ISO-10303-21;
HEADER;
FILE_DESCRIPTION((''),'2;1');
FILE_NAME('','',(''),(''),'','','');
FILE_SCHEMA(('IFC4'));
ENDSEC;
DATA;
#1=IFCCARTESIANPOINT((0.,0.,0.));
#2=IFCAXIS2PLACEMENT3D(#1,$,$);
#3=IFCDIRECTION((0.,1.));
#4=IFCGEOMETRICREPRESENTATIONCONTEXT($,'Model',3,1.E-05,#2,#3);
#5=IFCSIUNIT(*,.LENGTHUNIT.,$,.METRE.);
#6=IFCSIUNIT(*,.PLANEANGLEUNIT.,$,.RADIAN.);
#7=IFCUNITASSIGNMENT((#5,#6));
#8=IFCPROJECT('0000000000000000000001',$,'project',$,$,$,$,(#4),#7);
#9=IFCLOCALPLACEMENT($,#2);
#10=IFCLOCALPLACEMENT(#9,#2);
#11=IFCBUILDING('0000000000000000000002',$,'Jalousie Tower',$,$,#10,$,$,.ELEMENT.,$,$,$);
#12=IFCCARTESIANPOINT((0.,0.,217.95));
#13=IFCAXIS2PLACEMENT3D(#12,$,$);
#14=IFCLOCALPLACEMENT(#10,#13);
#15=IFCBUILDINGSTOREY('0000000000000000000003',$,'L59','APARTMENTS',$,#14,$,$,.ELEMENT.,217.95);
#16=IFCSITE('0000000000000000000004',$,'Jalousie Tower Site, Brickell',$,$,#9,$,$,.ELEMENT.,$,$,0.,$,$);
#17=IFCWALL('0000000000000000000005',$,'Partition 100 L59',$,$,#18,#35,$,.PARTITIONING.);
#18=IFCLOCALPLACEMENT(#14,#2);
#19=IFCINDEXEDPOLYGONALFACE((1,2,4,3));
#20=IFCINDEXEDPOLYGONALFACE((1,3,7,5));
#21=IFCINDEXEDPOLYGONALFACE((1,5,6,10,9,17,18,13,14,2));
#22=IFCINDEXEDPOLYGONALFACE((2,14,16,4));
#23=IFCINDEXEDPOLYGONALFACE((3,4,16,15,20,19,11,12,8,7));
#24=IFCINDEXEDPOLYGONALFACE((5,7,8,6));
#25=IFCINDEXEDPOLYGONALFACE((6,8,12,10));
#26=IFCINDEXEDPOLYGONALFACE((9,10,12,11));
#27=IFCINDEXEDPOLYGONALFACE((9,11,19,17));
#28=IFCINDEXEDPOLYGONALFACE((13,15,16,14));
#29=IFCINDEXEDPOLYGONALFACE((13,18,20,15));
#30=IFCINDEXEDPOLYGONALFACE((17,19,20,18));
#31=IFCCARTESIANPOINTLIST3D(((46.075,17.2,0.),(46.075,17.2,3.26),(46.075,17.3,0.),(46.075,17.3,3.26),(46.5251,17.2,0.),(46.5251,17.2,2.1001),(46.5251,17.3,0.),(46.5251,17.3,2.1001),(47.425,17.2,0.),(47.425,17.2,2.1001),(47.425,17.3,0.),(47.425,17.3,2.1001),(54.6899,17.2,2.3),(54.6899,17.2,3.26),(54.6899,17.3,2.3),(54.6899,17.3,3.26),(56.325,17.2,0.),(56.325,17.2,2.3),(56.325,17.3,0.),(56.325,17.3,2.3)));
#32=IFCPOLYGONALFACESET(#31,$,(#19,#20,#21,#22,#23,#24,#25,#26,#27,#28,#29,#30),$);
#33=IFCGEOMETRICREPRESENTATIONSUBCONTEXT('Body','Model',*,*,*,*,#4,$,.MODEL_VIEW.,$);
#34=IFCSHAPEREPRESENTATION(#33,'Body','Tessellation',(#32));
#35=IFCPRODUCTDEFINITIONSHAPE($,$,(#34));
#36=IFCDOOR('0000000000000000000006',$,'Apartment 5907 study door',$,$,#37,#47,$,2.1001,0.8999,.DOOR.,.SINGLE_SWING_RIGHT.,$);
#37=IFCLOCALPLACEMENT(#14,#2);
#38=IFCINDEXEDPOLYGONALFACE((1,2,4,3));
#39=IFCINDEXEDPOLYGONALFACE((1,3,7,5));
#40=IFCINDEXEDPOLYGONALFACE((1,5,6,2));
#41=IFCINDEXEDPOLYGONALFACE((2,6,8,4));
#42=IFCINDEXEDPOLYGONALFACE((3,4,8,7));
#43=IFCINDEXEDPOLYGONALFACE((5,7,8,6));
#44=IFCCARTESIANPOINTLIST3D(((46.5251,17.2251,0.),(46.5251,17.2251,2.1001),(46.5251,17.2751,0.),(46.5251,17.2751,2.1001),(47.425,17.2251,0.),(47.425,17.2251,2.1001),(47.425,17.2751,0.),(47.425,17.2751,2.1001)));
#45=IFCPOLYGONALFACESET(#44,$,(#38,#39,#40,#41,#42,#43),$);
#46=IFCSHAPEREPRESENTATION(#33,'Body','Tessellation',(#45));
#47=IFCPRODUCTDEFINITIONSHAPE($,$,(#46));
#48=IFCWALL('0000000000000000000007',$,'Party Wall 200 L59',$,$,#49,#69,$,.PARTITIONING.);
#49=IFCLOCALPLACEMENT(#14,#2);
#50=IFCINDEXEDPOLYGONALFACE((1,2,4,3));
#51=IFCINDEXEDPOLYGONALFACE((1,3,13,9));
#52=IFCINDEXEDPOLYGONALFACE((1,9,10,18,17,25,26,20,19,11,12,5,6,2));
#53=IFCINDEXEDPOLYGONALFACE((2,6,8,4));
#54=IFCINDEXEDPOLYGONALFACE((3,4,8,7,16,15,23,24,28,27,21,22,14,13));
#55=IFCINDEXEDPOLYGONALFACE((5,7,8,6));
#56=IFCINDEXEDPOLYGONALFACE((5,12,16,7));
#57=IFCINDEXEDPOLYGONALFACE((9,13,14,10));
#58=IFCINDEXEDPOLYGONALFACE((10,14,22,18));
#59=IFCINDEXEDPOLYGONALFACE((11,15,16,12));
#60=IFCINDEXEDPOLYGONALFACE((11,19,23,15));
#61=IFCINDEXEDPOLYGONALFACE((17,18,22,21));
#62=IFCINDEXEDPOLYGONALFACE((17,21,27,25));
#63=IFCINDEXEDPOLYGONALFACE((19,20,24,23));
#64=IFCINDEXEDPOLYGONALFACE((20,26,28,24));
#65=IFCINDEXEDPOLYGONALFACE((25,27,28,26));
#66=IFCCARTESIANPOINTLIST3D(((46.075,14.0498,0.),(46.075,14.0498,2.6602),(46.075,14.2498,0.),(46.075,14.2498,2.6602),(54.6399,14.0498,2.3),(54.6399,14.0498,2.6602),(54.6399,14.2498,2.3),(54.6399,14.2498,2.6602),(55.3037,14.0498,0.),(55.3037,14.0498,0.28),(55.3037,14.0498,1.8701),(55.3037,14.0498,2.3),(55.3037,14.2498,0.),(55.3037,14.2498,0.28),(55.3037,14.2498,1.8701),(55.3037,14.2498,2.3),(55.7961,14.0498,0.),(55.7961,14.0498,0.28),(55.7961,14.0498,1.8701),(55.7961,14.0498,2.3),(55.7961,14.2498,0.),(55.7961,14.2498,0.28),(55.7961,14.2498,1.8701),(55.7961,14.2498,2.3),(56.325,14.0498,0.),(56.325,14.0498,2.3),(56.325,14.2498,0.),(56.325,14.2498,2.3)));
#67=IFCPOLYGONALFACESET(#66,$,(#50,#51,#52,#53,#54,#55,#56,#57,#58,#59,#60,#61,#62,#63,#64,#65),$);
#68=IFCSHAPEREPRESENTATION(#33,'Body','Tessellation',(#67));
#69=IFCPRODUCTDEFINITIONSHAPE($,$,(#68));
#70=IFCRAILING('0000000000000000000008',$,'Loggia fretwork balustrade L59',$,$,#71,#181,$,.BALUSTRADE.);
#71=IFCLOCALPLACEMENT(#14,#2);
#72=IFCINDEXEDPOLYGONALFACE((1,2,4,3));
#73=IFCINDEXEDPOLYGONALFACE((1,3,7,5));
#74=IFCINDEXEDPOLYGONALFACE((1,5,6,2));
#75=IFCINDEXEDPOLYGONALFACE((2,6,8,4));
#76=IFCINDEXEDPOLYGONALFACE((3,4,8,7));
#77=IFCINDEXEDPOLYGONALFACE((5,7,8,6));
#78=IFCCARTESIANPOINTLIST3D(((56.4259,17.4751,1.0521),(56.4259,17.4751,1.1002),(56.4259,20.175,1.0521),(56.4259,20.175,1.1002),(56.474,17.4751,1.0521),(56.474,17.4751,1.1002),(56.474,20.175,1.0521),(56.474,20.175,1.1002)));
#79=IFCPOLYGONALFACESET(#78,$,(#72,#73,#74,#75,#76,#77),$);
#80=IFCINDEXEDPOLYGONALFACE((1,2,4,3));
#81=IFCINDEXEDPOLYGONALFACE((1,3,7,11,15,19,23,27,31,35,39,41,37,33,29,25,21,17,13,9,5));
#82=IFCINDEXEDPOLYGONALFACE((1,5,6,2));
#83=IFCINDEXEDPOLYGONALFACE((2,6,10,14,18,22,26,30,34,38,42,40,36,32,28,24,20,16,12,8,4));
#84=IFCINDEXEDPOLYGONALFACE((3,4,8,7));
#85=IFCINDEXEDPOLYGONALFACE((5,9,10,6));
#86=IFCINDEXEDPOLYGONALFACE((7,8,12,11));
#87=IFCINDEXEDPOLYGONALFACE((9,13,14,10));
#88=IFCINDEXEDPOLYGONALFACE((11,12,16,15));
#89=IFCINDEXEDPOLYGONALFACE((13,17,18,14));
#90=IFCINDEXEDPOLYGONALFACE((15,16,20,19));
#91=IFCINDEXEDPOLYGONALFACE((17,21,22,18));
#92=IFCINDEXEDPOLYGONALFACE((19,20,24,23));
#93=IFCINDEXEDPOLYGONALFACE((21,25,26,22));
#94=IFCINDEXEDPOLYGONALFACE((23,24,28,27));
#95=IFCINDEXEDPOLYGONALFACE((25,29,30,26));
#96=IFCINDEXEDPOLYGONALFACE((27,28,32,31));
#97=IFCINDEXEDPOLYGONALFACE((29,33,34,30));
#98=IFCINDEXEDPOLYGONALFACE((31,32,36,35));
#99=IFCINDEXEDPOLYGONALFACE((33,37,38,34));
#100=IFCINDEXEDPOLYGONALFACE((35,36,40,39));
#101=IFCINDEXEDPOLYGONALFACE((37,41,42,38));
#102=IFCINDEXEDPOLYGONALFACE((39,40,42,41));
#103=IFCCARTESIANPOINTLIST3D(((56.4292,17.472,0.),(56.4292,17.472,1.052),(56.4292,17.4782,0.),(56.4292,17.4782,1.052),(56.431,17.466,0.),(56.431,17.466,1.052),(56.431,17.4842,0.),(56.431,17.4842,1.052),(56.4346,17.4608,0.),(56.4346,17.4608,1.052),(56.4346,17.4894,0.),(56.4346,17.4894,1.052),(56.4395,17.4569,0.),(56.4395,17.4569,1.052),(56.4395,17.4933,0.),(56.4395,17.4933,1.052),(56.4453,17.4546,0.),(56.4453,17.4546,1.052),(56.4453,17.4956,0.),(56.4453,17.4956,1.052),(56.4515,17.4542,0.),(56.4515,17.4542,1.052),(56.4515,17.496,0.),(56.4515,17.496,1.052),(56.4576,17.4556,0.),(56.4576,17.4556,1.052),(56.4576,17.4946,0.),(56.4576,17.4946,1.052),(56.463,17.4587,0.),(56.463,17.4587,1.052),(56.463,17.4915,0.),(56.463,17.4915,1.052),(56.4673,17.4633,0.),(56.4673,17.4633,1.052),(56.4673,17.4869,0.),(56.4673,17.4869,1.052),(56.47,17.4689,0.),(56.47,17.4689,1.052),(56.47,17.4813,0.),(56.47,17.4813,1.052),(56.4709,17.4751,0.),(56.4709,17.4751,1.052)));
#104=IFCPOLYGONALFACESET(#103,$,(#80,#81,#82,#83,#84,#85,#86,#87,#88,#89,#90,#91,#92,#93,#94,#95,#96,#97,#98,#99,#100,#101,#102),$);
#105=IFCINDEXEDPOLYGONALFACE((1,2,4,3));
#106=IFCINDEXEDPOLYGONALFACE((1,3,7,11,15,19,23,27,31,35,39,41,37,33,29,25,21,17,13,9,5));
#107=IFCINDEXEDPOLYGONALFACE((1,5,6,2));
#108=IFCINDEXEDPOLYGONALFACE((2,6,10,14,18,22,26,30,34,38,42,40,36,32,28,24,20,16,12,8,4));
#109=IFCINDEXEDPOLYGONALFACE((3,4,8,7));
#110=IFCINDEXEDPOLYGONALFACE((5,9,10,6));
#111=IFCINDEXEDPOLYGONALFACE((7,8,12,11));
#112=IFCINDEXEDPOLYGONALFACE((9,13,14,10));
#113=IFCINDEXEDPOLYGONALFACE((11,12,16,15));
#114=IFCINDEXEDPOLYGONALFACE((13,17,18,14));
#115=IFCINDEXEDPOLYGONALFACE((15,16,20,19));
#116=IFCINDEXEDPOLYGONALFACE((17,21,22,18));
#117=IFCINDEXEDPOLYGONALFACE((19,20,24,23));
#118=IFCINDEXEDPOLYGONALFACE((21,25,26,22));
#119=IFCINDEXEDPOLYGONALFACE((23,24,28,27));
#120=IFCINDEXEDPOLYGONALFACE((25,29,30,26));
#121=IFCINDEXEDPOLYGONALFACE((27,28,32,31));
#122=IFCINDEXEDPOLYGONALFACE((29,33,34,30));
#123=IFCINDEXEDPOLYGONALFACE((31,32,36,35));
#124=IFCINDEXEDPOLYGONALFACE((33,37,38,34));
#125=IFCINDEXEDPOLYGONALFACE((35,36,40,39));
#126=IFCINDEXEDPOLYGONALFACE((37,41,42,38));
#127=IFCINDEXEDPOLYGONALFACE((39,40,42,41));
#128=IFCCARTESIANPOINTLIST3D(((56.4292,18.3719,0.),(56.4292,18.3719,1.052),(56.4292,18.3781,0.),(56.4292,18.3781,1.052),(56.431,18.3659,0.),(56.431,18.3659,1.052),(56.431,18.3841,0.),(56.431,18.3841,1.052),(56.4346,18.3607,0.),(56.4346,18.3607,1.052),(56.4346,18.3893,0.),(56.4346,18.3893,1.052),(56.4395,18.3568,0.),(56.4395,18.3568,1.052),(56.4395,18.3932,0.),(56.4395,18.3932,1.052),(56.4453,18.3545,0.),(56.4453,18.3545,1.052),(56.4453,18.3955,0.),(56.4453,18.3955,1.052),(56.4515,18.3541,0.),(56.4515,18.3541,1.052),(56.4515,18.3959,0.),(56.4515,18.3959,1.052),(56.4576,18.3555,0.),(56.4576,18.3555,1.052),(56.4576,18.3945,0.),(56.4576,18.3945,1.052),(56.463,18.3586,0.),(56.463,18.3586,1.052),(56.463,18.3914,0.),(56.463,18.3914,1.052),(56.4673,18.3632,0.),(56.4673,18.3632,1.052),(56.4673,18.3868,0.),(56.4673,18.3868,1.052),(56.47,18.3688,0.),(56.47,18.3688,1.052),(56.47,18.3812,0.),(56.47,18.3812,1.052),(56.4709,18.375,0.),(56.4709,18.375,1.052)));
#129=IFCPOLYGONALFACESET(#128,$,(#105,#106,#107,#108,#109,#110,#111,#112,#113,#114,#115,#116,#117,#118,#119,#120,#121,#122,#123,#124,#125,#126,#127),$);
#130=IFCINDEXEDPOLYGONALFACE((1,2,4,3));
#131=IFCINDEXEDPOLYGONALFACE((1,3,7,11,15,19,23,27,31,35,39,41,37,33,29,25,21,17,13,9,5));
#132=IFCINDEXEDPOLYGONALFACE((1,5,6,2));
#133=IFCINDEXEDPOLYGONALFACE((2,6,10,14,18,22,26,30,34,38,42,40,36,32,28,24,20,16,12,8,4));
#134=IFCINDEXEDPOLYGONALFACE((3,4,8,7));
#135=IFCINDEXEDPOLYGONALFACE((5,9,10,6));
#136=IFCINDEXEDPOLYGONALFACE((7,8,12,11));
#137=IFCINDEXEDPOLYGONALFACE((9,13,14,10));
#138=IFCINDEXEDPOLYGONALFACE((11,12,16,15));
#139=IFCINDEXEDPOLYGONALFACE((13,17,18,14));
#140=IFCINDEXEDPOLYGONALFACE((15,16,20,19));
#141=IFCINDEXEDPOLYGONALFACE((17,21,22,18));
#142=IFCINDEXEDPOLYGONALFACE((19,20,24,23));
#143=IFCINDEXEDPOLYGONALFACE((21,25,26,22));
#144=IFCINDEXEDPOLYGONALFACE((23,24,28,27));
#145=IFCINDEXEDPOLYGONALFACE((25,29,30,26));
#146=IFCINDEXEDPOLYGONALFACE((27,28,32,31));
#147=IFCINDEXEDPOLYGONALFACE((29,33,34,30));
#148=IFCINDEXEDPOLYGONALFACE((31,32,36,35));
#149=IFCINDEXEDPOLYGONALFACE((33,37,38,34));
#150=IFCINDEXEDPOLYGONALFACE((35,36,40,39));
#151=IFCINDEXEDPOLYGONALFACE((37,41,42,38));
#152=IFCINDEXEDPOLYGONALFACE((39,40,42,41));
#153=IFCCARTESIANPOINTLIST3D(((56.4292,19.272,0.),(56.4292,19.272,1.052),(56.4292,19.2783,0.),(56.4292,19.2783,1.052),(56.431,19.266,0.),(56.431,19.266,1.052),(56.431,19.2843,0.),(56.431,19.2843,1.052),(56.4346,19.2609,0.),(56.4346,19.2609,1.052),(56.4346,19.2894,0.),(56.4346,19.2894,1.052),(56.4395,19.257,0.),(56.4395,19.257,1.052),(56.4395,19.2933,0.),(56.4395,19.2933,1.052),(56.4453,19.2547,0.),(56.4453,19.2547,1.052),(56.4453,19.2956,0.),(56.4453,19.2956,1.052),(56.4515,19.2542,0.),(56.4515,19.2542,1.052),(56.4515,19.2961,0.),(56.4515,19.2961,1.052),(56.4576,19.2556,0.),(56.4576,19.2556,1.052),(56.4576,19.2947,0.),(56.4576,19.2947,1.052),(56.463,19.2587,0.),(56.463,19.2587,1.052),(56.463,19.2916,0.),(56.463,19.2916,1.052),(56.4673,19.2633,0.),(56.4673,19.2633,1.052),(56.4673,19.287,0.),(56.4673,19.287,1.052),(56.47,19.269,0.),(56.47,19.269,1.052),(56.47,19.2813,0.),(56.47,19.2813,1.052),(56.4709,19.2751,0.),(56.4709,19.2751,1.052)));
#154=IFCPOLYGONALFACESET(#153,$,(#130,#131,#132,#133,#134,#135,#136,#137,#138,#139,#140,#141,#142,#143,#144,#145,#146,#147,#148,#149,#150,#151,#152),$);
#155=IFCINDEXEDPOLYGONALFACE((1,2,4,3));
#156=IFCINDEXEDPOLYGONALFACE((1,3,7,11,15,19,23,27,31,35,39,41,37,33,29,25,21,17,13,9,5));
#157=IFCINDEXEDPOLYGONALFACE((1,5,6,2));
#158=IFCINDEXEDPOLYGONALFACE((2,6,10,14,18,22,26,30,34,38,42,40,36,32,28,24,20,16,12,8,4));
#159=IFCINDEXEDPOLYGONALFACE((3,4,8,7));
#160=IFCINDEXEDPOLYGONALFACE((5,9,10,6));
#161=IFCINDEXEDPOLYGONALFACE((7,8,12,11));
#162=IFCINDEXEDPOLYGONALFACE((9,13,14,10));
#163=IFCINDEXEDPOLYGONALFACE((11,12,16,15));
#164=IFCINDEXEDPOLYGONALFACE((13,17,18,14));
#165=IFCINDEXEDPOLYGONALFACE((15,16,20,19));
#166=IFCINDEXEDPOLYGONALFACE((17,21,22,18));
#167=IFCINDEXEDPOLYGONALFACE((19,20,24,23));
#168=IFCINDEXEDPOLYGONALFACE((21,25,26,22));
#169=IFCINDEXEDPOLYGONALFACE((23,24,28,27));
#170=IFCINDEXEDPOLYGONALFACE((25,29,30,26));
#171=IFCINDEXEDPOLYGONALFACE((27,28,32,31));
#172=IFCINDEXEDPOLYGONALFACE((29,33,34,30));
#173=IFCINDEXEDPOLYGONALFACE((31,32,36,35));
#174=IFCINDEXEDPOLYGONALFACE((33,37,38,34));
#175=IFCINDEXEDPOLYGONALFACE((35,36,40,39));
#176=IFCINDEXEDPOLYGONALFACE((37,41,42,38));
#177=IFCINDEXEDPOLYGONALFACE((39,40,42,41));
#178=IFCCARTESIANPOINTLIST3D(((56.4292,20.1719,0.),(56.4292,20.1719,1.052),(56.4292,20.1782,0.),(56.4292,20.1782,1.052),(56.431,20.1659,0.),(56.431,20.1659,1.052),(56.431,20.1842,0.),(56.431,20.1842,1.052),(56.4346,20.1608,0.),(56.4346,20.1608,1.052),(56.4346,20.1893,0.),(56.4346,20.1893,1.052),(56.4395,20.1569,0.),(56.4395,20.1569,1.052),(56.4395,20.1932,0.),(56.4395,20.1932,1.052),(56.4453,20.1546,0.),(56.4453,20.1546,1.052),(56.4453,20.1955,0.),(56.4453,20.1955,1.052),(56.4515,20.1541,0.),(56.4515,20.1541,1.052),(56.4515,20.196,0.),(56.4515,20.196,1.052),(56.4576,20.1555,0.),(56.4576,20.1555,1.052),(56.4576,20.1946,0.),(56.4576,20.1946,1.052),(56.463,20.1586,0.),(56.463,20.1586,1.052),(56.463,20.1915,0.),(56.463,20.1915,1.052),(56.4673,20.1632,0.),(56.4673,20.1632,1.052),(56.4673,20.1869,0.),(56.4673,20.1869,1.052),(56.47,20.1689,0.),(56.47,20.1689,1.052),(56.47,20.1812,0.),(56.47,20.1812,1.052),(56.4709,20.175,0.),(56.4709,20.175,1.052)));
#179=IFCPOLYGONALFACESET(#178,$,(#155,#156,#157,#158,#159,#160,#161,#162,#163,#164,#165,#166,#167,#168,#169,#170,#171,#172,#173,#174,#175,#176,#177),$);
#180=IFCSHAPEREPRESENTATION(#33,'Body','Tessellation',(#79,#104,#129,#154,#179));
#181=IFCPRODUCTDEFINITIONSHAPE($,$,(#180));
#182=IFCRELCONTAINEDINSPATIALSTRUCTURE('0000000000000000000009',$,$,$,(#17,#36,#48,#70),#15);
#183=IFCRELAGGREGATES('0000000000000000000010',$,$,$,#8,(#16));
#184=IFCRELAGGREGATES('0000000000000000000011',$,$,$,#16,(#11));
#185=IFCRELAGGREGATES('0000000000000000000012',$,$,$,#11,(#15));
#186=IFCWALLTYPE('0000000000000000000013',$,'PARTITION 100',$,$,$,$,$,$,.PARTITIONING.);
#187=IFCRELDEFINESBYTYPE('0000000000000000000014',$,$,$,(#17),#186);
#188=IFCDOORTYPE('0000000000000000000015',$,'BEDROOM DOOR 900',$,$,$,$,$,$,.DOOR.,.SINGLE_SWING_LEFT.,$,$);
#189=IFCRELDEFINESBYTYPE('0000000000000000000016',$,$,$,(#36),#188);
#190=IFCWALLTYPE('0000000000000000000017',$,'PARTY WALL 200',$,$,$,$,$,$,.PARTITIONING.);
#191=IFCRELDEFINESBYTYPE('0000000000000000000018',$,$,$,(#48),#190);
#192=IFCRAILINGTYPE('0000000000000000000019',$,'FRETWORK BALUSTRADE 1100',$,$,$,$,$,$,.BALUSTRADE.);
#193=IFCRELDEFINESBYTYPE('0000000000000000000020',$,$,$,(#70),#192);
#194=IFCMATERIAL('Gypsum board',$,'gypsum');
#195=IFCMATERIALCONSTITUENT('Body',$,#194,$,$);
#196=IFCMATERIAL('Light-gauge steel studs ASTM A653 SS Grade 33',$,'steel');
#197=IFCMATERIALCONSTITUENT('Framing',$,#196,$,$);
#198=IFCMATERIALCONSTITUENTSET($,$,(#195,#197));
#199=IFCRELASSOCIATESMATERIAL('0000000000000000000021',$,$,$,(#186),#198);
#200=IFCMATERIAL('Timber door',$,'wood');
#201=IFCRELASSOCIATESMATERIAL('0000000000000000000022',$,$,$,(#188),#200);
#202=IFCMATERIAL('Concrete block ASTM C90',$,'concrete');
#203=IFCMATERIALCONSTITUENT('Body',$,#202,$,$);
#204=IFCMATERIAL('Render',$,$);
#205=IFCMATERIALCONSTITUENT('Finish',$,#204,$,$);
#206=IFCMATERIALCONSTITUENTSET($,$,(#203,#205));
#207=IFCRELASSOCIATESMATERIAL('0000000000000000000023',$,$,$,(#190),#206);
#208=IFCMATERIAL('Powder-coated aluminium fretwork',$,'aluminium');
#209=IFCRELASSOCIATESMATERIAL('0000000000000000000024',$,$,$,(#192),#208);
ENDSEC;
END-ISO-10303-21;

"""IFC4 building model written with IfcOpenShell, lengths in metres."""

from ifc_helpers import new_model, si_unit, direction, frame, frame_2d, origin, origin_2d, place, context, subcontext, project, spatial, polyline, rectangle, circle, outline, extrude, material, constituent, constituent_set, type_object, element, fill, save


model = new_model("IFC4")

# Units and contexts
model_context = context("Model", 3, precision=1e-05, world=origin(), true_north=direction((0.0, 1.0)))
body_context = subcontext(model_context, "Body", "Model", "MODEL_VIEW")
ifc_project = project(units=[si_unit("LENGTHUNIT", "METRE"), si_unit("PLANEANGLEUNIT", "RADIAN")], contexts=[model_context])

# Site, building, storey
site_placement = place(None, origin())
site = spatial("IfcSite", under=ifc_project, at=site_placement, Name="Jalousie Tower Site, Brickell", CompositionType="ELEMENT", RefElevation=0.0)
building_placement = place(site_placement, origin())
building = spatial("IfcBuilding", under=site, at=building_placement, Name="Jalousie Tower", CompositionType="ELEMENT")
storey_placement = place(building_placement, frame((0.0, 0.0, 217.95)))
storey = spatial("IfcBuildingStorey", under=building, at=storey_placement, Name="L59", Description="APARTMENTS", CompositionType="ELEMENT", Elevation=217.95)

# Shared definitions
ifc_material_1 = material(Name="Gypsum board", Category="gypsum")
ifc_constituent_1 = constituent(ifc_material_1, Name="Body")
ifc_material_2 = material(Name="Light-gauge steel studs ASTM A653 SS Grade 33", Category="steel")
ifc_constituent_2 = constituent(ifc_material_2, Name="Framing")
ifc_constituent_set_1 = constituent_set(constituents=[ifc_constituent_1, ifc_constituent_2])
wall_type_1 = type_object("IfcWallType", Name="PARTITION 100", PredefinedType="PARTITIONING", material=ifc_constituent_set_1)

# Wall, opening, door
wall_1_placement = place(storey_placement, frame((56.325, 17.25, 0.0), z_axis=(0.0, 0.0, 1.0), x_axis=(-1.0, 0.0, 0.0)))
wall_1 = element("IfcWall", 1, at=wall_1_placement, inside=storey, type_object=wall_type_1, Name="Partition 100 L59", PredefinedType="PARTITIONING", context=body_context, shape_type="SweptSolid", body=[
    extrude(outline(polyline([(0.0, 0.0), (10.25, 0.0), (10.25, 3.26), (1.635, 3.26), (1.635, 2.3), (0.0, 2.3), (0.0, 3.26), (0.0, 0.0)])), frame((0.0, 0.05, 0.0), z_axis=(0.0, -1.0, 0.0), x_axis=(1.0, 0.0, 0.0)), (0.0, 0.0, 1.0), 0.1001),
])
opening_1_placement = place(wall_1_placement, frame((8.8999, 0.0, 0.0)))
opening_1 = element("IfcOpeningElement", 2, at=opening_1_placement, cuts=wall_1, PredefinedType="OPENING", context=body_context, shape_type="SweptSolid", body=[
    extrude(rectangle(XDim=0.8999, YDim=2.1001, at=frame_2d((0.45, 1.05))), frame((0.0, 0.0601, 0.0), z_axis=(0.0, -1.0, 0.0), x_axis=(1.0, 0.0, 0.0)), (0.0, 0.0, 1.0), 0.1201),
])
ifc_material_3 = material(Name="Timber door", Category="wood")
door_type_1 = type_object("IfcDoorType", Name="BEDROOM DOOR 900", OperationType="SINGLE_SWING_LEFT", PredefinedType="DOOR", material=ifc_material_3)
door_1_placement = place(opening_1_placement, origin())
door_1 = element("IfcDoor", 3, at=door_1_placement, inside=storey, type_object=door_type_1, Name="Apartment 5907 study door", OperationType="SINGLE_SWING_RIGHT", OverallHeight=2.1001, OverallWidth=0.8999, PredefinedType="DOOR", context=body_context, shape_type="SweptSolid", body=[
    extrude(rectangle(XDim=0.8999, YDim=2.1001, at=frame_2d((0.45, 1.05))), frame((0.0, 0.0249, 0.0), z_axis=(0.0, -1.0, 0.0), x_axis=(1.0, 0.0, 0.0)), (0.0, 0.0, 1.0), 0.05),
])
fill(opening_1, door_1)

# Wall
ifc_material_4 = material(Name="Concrete block ASTM C90", Category="concrete")
ifc_constituent_3 = constituent(ifc_material_4, Name="Body")
ifc_material_5 = material(Name="Render")
ifc_constituent_4 = constituent(ifc_material_5, Name="Finish")
ifc_constituent_set_2 = constituent_set(constituents=[ifc_constituent_3, ifc_constituent_4])
wall_type_2 = type_object("IfcWallType", Name="PARTY WALL 200", PredefinedType="PARTITIONING", material=ifc_constituent_set_2)
wall_2_placement = place(storey_placement, frame((56.325, 14.1499, 0.0), z_axis=(0.0, 0.0, 1.0), x_axis=(-1.0, 0.0, 0.0)))
element("IfcWall", 4, at=wall_2_placement, inside=storey, type_object=wall_type_2, Name="Party Wall 200 L59", PredefinedType="PARTITIONING", context=body_context, shape_type="SweptSolid", body=[
    extrude(outline(polyline([(0.5288, 2.3), (0.0, 2.3), (0.0, 0.0), (0.5288, 0.0), (0.5288, 0.28), (1.0212, 0.28), (1.0212, 0.0), (10.25, 0.0), (10.25, 2.6602), (1.6851, 2.6602), (1.6851, 2.3), (1.0212, 2.3), (1.0212, 1.8701), (0.5288, 1.8701), (0.5288, 2.3)])), frame((0.0, 0.1001, 0.0), z_axis=(0.0, -1.0, 0.0), x_axis=(1.0, 0.0, 0.0)), (0.0, 0.0, 1.0), 0.2),
])

# Railing
ifc_material_6 = material(Name="Powder-coated aluminium fretwork", Category="aluminium")
railing_type = type_object("IfcRailingType", Name="FRETWORK BALUSTRADE 1100", PredefinedType="BALUSTRADE", material=ifc_material_6)
railing_placement = place(storey_placement, frame((56.45, 17.4751, 0.0)))
element("IfcRailing", 5, at=railing_placement, inside=storey, type_object=railing_type, Name="Loggia fretwork balustrade L59", PredefinedType="BALUSTRADE", context=body_context, shape_type="SweptSolid", body=[
    extrude(rectangle(XDim=0.0481, YDim=0.0481, at=origin_2d()), frame((0.0, 0.0, 1.0762), z_axis=(0.0, 1.0, 0.0), x_axis=(-1.0, 0.0, 0.0)), (0.0, 0.0, 1.0), 2.7),
    extrude(circle(Radius=0.021, at=origin_2d()), origin(), (0.0, 0.0, 1.0), 1.052),
    extrude(circle(Radius=0.021, at=origin_2d()), frame((0.0, 0.8999, 0.0)), (0.0, 0.0, 1.0), 1.052),
    extrude(circle(Radius=0.021, at=origin_2d()), frame((0.0, 1.8, 0.0)), (0.0, 0.0, 1.0), 1.052),
    extrude(circle(Radius=0.021, at=origin_2d()), frame((0.0, 2.7, 0.0)), (0.0, 0.0, 1.0), 1.052),
])

save(model, "model.ifc")
